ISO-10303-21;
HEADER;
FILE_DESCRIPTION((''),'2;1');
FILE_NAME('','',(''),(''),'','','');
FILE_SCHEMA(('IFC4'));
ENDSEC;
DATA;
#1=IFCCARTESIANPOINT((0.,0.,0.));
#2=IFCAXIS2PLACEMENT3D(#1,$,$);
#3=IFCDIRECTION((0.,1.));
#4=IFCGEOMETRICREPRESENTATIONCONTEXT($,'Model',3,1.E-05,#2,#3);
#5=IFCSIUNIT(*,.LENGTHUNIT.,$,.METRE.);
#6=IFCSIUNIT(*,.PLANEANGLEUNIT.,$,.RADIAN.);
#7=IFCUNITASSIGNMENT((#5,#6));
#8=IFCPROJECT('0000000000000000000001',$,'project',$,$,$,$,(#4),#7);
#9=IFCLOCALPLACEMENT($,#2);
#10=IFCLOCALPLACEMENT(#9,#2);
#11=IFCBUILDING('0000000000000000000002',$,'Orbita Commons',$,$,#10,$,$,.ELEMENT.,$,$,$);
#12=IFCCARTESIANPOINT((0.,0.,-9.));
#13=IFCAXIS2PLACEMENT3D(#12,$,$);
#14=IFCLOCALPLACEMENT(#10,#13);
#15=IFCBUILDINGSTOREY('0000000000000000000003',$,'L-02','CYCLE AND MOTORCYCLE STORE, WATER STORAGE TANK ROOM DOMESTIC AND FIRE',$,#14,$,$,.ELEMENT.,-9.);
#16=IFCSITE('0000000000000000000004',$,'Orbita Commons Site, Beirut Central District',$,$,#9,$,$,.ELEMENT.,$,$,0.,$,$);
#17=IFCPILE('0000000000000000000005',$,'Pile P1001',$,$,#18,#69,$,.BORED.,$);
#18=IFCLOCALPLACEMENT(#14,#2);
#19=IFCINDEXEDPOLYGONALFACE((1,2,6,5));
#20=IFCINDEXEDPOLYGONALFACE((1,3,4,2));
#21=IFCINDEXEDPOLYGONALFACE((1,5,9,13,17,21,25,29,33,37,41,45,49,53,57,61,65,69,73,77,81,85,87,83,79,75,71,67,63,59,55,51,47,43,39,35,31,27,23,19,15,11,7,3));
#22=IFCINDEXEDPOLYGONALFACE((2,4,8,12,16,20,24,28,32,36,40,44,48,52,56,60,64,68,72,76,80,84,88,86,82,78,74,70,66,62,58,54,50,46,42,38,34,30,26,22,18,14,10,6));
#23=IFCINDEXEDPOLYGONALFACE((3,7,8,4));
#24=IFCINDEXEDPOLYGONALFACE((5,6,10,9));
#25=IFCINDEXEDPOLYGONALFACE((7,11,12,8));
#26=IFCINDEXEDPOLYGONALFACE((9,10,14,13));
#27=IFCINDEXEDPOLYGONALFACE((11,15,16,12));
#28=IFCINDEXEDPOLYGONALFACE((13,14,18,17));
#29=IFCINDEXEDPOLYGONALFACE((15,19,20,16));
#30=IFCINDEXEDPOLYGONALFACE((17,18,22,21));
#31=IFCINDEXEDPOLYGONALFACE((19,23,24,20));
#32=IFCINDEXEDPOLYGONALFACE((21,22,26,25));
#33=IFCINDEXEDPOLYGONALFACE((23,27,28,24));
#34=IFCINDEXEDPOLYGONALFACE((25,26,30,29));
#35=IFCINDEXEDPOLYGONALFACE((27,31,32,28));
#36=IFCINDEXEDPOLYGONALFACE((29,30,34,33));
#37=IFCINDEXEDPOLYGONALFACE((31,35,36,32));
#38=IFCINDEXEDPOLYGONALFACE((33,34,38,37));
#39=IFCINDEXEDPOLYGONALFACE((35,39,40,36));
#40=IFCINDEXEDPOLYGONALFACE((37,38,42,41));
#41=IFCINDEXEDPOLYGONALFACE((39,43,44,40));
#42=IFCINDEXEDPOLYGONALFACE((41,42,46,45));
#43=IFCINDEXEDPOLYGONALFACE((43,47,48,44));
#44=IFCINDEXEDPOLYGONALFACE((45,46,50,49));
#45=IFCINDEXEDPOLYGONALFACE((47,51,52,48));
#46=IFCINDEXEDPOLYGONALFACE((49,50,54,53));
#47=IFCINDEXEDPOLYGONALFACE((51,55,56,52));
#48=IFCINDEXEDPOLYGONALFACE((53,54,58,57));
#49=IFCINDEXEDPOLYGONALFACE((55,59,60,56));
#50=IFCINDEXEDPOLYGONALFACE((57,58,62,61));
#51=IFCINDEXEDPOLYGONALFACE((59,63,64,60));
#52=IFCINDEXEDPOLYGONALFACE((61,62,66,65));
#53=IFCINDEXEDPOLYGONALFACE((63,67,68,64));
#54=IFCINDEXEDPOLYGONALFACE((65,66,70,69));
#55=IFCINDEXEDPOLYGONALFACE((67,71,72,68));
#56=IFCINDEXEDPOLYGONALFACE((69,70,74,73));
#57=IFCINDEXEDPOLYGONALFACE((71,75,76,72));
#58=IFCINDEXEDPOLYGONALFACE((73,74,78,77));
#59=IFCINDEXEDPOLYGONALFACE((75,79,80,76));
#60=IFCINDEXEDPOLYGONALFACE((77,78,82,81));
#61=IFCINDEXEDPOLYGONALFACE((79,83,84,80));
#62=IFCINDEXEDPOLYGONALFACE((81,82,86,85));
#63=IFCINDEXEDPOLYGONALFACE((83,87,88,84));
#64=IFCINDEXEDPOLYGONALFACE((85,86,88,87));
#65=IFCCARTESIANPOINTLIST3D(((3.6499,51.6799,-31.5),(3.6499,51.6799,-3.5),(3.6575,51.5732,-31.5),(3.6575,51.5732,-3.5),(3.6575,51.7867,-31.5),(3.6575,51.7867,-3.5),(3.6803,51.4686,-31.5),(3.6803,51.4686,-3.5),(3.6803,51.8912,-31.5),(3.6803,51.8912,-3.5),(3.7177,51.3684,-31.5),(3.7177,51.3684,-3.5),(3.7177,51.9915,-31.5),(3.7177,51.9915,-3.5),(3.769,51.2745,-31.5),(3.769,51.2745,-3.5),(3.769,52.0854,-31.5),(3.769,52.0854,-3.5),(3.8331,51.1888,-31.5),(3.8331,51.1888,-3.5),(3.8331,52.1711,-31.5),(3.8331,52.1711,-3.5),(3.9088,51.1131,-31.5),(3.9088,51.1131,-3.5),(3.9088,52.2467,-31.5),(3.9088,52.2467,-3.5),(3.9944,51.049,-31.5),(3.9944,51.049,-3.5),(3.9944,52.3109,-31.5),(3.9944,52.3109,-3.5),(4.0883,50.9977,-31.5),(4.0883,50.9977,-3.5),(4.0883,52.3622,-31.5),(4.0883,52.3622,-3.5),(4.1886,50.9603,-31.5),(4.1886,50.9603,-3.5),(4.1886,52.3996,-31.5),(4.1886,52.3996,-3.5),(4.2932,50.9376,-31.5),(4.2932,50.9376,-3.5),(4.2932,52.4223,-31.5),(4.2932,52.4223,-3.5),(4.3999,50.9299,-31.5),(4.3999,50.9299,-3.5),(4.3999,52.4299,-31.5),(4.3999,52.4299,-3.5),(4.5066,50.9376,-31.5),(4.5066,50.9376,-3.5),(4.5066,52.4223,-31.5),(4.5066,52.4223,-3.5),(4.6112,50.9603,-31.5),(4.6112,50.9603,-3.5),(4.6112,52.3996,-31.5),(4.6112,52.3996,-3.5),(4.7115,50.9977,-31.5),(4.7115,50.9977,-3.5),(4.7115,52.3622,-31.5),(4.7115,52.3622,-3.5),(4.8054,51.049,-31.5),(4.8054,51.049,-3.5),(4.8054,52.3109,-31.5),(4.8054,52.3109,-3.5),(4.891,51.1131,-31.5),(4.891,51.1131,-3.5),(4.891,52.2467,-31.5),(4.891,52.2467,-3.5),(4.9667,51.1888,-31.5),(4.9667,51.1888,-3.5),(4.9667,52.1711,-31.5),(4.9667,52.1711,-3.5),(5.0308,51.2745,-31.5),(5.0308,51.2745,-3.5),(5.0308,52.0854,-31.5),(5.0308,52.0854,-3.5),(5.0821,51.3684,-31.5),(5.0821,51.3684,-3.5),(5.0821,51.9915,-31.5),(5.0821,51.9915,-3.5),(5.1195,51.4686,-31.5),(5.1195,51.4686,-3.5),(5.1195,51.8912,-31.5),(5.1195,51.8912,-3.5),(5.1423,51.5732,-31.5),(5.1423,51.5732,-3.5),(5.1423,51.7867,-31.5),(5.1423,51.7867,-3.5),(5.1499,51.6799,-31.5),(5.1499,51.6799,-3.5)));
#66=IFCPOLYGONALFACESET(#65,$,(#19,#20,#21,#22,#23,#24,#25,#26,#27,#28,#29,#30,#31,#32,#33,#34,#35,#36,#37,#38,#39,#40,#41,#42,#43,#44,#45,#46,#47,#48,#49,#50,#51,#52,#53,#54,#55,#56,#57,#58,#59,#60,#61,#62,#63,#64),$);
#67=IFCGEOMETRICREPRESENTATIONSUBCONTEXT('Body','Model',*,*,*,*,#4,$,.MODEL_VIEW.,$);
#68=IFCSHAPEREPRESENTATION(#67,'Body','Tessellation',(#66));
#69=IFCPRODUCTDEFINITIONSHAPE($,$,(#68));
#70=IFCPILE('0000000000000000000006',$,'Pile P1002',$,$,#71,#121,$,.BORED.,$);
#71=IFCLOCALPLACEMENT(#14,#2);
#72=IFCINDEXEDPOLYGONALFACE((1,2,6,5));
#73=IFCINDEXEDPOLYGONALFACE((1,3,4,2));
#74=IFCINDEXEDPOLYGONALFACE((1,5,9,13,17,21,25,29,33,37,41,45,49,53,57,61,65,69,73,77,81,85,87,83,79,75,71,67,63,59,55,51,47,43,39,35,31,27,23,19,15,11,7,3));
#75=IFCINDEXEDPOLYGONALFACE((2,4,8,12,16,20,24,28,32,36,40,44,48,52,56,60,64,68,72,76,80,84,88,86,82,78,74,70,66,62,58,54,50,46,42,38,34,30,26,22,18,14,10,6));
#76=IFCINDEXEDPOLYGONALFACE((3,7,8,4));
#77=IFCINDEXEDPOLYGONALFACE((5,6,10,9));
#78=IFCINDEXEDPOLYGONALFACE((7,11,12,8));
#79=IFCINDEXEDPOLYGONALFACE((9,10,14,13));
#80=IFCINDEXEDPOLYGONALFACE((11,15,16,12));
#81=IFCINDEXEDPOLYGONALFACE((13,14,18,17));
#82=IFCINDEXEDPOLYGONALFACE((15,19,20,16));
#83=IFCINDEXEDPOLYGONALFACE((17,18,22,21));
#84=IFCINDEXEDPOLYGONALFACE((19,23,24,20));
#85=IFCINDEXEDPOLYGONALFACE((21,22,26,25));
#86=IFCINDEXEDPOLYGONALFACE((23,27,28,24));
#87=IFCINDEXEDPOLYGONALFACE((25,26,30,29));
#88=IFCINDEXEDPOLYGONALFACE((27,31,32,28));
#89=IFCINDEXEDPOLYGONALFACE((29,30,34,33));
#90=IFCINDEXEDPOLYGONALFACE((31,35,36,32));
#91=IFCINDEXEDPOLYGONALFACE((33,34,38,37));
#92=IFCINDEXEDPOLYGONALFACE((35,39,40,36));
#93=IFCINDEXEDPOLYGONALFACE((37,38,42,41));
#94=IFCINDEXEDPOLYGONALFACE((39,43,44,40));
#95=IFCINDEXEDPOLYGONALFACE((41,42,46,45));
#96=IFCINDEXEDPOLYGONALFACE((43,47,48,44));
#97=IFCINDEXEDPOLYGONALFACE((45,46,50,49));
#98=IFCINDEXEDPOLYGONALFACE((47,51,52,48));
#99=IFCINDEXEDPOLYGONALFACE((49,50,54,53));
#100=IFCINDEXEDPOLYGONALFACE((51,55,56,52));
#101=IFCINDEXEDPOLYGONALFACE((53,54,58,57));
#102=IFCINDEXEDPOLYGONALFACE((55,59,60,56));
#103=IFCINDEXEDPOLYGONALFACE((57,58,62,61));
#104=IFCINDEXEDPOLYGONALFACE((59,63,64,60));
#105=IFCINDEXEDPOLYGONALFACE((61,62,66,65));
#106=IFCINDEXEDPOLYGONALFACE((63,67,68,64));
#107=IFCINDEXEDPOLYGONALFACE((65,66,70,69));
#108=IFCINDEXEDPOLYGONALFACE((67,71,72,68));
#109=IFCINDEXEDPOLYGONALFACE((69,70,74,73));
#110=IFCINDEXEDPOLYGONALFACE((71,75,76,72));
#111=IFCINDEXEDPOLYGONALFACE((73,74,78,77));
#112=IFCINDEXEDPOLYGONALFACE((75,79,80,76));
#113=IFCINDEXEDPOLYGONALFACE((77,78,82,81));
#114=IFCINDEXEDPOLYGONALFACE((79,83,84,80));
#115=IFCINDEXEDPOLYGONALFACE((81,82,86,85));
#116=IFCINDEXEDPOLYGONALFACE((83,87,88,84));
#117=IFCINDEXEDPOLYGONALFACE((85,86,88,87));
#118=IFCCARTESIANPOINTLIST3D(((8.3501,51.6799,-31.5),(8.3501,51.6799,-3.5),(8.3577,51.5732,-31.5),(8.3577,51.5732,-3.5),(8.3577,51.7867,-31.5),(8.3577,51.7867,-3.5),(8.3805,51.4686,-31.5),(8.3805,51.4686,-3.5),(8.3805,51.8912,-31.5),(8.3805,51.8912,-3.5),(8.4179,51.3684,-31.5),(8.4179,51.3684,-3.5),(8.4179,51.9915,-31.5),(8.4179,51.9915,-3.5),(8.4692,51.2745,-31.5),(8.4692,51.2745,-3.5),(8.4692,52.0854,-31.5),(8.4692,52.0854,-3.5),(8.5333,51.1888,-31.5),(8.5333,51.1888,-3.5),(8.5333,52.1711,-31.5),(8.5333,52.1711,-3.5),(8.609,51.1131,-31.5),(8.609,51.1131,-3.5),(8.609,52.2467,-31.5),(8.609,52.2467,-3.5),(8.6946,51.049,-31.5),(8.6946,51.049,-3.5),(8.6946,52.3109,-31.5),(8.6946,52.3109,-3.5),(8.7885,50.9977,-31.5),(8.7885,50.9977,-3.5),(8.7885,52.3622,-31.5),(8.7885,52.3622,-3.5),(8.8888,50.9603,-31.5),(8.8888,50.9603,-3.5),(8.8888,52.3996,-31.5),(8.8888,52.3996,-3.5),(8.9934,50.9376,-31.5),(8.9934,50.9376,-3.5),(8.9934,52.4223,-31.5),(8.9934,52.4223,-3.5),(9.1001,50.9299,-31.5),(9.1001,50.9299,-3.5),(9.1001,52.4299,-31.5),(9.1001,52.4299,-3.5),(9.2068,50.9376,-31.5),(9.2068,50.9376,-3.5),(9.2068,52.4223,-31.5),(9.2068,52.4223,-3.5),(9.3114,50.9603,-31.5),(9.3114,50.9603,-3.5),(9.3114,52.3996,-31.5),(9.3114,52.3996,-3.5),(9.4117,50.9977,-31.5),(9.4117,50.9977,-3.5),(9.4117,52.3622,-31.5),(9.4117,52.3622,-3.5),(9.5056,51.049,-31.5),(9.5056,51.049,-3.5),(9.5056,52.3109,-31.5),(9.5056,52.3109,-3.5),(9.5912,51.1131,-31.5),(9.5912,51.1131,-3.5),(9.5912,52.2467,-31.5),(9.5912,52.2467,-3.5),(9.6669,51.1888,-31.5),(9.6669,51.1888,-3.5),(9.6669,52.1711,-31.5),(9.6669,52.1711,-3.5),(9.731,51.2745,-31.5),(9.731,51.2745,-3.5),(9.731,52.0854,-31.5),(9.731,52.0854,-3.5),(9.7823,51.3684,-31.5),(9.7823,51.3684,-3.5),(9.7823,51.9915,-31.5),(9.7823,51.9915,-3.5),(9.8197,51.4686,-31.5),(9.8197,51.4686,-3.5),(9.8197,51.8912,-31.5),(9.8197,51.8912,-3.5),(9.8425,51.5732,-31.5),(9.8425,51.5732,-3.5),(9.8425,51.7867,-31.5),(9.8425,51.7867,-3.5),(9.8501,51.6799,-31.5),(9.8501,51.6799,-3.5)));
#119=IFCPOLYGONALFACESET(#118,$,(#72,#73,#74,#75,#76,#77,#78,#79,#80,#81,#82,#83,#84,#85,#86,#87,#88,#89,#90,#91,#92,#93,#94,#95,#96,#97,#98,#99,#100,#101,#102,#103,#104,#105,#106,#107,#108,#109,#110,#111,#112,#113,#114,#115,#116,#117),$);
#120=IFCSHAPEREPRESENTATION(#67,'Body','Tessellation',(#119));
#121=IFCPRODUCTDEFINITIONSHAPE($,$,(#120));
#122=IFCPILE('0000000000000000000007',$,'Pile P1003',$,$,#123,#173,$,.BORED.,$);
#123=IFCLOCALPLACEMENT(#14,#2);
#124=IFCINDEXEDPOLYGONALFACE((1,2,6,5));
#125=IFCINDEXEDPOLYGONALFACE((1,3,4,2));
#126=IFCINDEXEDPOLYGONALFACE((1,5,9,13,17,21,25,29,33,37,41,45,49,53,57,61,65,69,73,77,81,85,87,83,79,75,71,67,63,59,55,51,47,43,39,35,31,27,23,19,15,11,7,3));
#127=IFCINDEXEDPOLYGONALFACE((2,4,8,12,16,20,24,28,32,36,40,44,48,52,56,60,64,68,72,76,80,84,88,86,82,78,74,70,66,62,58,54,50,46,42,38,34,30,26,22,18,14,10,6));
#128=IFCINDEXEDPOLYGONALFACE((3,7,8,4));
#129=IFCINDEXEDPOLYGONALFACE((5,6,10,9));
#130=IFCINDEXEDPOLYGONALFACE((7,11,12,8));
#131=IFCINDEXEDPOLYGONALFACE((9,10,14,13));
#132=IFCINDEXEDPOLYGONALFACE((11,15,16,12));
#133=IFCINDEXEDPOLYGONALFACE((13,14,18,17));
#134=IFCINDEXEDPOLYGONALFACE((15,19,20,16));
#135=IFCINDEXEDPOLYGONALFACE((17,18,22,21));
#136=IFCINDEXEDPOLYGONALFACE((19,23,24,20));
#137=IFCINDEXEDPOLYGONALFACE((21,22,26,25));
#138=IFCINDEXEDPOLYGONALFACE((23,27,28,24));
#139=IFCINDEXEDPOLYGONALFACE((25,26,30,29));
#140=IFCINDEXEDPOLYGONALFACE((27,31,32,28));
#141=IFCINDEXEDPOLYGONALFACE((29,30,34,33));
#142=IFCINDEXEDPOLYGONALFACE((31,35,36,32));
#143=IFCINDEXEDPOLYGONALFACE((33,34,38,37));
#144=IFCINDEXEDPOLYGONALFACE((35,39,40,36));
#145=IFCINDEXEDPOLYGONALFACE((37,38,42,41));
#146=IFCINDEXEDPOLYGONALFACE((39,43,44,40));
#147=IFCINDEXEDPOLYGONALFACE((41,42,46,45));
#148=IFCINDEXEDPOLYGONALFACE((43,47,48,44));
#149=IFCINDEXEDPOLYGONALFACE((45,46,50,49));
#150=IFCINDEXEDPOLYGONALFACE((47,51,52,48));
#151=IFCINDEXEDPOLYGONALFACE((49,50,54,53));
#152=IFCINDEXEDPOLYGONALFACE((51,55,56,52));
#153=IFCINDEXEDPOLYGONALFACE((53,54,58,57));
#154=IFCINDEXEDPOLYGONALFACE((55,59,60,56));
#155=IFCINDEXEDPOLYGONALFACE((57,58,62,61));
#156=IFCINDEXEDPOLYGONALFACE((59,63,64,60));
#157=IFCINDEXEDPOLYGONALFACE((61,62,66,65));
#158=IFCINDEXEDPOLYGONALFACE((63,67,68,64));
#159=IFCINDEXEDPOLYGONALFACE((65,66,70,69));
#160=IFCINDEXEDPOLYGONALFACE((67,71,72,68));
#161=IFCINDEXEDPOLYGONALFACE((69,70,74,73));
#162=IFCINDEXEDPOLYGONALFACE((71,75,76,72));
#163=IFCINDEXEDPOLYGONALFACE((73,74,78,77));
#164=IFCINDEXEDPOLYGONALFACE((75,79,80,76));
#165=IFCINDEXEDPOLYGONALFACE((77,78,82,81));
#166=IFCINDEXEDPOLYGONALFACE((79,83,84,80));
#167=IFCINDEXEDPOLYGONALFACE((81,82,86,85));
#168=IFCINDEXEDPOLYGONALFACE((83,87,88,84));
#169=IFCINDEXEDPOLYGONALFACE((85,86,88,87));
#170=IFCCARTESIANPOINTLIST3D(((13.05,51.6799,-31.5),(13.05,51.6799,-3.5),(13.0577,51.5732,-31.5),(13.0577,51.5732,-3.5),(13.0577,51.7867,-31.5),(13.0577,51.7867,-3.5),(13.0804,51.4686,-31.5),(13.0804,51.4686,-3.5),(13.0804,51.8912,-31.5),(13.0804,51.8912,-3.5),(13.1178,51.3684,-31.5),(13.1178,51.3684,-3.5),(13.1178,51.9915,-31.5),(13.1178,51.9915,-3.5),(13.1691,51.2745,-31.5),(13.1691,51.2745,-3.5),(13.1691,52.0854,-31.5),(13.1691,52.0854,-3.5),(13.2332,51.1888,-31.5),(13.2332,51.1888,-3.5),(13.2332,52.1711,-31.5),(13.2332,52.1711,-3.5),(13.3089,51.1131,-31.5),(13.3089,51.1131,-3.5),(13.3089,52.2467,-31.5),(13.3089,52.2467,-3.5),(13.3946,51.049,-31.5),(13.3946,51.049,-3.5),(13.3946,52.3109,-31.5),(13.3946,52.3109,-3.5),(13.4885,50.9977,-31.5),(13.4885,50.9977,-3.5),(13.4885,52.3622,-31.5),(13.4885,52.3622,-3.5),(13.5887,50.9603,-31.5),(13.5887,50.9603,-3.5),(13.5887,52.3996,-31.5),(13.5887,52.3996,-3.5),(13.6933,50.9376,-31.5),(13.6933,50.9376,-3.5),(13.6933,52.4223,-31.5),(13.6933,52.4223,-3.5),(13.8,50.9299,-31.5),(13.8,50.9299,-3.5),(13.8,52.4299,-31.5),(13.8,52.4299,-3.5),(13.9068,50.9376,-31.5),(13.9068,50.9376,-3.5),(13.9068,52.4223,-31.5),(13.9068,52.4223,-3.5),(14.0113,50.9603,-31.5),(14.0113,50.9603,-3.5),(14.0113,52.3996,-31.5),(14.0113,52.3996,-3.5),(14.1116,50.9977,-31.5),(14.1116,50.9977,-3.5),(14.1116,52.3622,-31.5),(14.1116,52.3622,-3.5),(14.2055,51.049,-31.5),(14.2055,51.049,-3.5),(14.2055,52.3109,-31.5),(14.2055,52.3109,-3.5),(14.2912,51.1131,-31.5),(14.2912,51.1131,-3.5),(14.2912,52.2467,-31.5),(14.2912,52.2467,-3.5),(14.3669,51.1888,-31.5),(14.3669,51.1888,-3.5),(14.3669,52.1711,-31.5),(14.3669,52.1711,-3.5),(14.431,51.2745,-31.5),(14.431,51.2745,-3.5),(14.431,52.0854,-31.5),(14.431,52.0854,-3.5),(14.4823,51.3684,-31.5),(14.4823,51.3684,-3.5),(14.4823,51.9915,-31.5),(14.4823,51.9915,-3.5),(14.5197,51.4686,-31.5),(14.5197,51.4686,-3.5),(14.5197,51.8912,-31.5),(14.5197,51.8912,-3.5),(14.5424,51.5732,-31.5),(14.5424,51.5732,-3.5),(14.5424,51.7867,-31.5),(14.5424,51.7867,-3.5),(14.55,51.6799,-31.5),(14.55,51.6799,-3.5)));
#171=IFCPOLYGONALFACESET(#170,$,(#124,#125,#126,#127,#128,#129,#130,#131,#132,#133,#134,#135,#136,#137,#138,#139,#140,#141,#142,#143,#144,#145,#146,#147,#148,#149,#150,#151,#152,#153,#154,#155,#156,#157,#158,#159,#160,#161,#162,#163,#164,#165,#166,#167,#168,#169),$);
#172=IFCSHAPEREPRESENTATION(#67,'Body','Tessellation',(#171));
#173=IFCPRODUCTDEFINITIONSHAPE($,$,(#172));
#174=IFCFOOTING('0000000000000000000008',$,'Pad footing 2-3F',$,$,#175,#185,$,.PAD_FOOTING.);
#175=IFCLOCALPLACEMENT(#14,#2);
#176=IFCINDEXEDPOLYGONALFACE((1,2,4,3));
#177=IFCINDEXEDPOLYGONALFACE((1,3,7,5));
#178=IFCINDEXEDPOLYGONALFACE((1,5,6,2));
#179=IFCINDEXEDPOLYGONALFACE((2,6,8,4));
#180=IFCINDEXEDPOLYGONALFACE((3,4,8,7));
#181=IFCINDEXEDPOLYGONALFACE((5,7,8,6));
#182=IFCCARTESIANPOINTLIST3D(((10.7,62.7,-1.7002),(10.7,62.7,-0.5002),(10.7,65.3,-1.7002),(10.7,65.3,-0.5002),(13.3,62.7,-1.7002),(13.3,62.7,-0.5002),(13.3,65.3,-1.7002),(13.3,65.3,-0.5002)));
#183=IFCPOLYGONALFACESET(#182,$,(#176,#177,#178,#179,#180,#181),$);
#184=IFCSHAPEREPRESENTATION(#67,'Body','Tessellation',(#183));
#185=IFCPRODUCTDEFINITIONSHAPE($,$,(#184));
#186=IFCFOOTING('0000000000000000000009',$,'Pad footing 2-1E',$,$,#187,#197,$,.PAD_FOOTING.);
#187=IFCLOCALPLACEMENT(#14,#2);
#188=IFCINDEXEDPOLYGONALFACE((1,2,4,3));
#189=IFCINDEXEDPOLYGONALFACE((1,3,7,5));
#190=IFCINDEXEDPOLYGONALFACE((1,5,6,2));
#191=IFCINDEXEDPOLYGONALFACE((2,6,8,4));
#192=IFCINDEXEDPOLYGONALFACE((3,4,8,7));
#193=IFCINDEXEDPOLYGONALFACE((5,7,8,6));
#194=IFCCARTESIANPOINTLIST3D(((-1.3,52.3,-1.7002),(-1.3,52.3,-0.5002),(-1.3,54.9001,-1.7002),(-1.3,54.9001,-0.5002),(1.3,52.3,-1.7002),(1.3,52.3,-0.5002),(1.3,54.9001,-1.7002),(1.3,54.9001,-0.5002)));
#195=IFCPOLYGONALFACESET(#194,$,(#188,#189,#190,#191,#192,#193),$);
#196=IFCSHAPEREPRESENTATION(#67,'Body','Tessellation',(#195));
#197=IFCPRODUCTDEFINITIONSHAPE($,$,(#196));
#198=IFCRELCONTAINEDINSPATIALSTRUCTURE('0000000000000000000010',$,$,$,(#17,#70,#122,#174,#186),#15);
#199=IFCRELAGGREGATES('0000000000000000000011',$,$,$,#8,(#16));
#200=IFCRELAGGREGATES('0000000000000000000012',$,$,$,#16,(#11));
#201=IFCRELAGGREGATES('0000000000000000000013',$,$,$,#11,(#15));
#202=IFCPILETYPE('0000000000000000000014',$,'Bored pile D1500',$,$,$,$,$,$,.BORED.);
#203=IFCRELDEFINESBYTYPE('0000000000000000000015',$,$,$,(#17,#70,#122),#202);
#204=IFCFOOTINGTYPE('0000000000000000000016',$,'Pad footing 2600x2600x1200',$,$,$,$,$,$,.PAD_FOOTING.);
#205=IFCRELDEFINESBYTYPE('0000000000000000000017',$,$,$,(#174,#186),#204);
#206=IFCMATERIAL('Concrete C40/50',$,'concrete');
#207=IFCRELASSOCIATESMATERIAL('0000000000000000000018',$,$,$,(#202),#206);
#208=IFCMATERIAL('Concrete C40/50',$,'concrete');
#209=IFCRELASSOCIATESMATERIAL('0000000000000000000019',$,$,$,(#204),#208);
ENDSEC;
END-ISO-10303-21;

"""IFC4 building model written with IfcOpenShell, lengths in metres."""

from ifc_helpers import new_model, si_unit, direction, frame, origin, origin_2d, place, context, subcontext, project, spatial, rectangle, circle, extrude, material, material_profile, profile_set, type_object, element, save


model = new_model("IFC4")

# Units and contexts
model_context = context("Model", 3, precision=1e-05, world=origin(), true_north=direction((0.0, 1.0)))
body_context = subcontext(model_context, "Body", "Model", "MODEL_VIEW")
ifc_project = project(units=[si_unit("LENGTHUNIT", "METRE"), si_unit("PLANEANGLEUNIT", "RADIAN")], contexts=[model_context])

# Site, building, storey
site_placement = place(None, origin())
site = spatial("IfcSite", under=ifc_project, at=site_placement, Name="Orbita Commons Site, Beirut Central District", CompositionType="ELEMENT", RefElevation=0.0)
building_placement = place(site_placement, origin())
building = spatial("IfcBuilding", under=site, at=building_placement, Name="Orbita Commons", CompositionType="ELEMENT")
storey_placement = place(building_placement, frame((0.0, 0.0, -9.0)))
storey = spatial("IfcBuildingStorey", under=building, at=storey_placement, Name="L-02", Description="CYCLE AND MOTORCYCLE STORE, WATER STORAGE TANK ROOM DOMESTIC AND FIRE", CompositionType="ELEMENT", Elevation=-9.0)

# Piles
ifc_material_1 = material(Name="Concrete C40/50", Category="concrete")
ifc_material_profile_1 = material_profile(ifc_material_1, circle(Radius=0.75, at=origin_2d()), Name="RC D1500")
ifc_profile_set_1 = profile_set([ifc_material_profile_1], Name="Concrete C40/50")
pile_type = type_object("IfcPileType", Name="Bored pile D1500", PredefinedType="BORED", material=ifc_profile_set_1)
for number, where, z_axis, x_axis, name in (
    (1, (4.3999, 51.6799, -3.5), (0.0, 0.0, -1.0), (1.0, 0.0, 0.0), "Pile P1001"),
    (2, (9.1001, 51.6799, -3.5), (0.0, 0.0, -1.0), (1.0, 0.0, 0.0), "Pile P1002"),
    (3, (13.8, 51.6799, -3.5), (0.0, 0.0, -1.0), (1.0, 0.0, 0.0), "Pile P1003"),
):
    element("IfcPile", number, at=place(storey_placement, frame(where, z_axis=z_axis, x_axis=x_axis)), inside=storey, type_object=pile_type, Name=name, PredefinedType="BORED", context=body_context, shape_type="SweptSolid", body=[
        extrude(circle(Radius=0.75, at=origin_2d()), origin(), (0.0, 0.0, 1.0), 28.0),
    ])

# Footings
ifc_material_2 = material(Name="Concrete C40/50", Category="concrete")
footing_type = type_object("IfcFootingType", Name="Pad footing 2600x2600x1200", PredefinedType="PAD_FOOTING", material=ifc_material_2)
for number, where, z_axis, x_axis, name in (
    (4, (12.0, 64.0, -1.7002), (0.0, 0.0, 1.0), (1.0, 0.0, 0.0), "Pad footing 2-3F"),
    (5, (0.0, 53.6001, -1.7002), (0.0, 0.0, 1.0), (1.0, 0.0, 0.0), "Pad footing 2-1E"),
):
    element("IfcFooting", number, at=place(storey_placement, frame(where, z_axis=z_axis, x_axis=x_axis)), inside=storey, type_object=footing_type, Name=name, PredefinedType="PAD_FOOTING", context=body_context, shape_type="SweptSolid", body=[
        extrude(rectangle(XDim=2.6001, YDim=2.6001, at=origin_2d()), origin(), (0.0, 0.0, 1.0), 1.2),
    ])

save(model, "model.ifc")
